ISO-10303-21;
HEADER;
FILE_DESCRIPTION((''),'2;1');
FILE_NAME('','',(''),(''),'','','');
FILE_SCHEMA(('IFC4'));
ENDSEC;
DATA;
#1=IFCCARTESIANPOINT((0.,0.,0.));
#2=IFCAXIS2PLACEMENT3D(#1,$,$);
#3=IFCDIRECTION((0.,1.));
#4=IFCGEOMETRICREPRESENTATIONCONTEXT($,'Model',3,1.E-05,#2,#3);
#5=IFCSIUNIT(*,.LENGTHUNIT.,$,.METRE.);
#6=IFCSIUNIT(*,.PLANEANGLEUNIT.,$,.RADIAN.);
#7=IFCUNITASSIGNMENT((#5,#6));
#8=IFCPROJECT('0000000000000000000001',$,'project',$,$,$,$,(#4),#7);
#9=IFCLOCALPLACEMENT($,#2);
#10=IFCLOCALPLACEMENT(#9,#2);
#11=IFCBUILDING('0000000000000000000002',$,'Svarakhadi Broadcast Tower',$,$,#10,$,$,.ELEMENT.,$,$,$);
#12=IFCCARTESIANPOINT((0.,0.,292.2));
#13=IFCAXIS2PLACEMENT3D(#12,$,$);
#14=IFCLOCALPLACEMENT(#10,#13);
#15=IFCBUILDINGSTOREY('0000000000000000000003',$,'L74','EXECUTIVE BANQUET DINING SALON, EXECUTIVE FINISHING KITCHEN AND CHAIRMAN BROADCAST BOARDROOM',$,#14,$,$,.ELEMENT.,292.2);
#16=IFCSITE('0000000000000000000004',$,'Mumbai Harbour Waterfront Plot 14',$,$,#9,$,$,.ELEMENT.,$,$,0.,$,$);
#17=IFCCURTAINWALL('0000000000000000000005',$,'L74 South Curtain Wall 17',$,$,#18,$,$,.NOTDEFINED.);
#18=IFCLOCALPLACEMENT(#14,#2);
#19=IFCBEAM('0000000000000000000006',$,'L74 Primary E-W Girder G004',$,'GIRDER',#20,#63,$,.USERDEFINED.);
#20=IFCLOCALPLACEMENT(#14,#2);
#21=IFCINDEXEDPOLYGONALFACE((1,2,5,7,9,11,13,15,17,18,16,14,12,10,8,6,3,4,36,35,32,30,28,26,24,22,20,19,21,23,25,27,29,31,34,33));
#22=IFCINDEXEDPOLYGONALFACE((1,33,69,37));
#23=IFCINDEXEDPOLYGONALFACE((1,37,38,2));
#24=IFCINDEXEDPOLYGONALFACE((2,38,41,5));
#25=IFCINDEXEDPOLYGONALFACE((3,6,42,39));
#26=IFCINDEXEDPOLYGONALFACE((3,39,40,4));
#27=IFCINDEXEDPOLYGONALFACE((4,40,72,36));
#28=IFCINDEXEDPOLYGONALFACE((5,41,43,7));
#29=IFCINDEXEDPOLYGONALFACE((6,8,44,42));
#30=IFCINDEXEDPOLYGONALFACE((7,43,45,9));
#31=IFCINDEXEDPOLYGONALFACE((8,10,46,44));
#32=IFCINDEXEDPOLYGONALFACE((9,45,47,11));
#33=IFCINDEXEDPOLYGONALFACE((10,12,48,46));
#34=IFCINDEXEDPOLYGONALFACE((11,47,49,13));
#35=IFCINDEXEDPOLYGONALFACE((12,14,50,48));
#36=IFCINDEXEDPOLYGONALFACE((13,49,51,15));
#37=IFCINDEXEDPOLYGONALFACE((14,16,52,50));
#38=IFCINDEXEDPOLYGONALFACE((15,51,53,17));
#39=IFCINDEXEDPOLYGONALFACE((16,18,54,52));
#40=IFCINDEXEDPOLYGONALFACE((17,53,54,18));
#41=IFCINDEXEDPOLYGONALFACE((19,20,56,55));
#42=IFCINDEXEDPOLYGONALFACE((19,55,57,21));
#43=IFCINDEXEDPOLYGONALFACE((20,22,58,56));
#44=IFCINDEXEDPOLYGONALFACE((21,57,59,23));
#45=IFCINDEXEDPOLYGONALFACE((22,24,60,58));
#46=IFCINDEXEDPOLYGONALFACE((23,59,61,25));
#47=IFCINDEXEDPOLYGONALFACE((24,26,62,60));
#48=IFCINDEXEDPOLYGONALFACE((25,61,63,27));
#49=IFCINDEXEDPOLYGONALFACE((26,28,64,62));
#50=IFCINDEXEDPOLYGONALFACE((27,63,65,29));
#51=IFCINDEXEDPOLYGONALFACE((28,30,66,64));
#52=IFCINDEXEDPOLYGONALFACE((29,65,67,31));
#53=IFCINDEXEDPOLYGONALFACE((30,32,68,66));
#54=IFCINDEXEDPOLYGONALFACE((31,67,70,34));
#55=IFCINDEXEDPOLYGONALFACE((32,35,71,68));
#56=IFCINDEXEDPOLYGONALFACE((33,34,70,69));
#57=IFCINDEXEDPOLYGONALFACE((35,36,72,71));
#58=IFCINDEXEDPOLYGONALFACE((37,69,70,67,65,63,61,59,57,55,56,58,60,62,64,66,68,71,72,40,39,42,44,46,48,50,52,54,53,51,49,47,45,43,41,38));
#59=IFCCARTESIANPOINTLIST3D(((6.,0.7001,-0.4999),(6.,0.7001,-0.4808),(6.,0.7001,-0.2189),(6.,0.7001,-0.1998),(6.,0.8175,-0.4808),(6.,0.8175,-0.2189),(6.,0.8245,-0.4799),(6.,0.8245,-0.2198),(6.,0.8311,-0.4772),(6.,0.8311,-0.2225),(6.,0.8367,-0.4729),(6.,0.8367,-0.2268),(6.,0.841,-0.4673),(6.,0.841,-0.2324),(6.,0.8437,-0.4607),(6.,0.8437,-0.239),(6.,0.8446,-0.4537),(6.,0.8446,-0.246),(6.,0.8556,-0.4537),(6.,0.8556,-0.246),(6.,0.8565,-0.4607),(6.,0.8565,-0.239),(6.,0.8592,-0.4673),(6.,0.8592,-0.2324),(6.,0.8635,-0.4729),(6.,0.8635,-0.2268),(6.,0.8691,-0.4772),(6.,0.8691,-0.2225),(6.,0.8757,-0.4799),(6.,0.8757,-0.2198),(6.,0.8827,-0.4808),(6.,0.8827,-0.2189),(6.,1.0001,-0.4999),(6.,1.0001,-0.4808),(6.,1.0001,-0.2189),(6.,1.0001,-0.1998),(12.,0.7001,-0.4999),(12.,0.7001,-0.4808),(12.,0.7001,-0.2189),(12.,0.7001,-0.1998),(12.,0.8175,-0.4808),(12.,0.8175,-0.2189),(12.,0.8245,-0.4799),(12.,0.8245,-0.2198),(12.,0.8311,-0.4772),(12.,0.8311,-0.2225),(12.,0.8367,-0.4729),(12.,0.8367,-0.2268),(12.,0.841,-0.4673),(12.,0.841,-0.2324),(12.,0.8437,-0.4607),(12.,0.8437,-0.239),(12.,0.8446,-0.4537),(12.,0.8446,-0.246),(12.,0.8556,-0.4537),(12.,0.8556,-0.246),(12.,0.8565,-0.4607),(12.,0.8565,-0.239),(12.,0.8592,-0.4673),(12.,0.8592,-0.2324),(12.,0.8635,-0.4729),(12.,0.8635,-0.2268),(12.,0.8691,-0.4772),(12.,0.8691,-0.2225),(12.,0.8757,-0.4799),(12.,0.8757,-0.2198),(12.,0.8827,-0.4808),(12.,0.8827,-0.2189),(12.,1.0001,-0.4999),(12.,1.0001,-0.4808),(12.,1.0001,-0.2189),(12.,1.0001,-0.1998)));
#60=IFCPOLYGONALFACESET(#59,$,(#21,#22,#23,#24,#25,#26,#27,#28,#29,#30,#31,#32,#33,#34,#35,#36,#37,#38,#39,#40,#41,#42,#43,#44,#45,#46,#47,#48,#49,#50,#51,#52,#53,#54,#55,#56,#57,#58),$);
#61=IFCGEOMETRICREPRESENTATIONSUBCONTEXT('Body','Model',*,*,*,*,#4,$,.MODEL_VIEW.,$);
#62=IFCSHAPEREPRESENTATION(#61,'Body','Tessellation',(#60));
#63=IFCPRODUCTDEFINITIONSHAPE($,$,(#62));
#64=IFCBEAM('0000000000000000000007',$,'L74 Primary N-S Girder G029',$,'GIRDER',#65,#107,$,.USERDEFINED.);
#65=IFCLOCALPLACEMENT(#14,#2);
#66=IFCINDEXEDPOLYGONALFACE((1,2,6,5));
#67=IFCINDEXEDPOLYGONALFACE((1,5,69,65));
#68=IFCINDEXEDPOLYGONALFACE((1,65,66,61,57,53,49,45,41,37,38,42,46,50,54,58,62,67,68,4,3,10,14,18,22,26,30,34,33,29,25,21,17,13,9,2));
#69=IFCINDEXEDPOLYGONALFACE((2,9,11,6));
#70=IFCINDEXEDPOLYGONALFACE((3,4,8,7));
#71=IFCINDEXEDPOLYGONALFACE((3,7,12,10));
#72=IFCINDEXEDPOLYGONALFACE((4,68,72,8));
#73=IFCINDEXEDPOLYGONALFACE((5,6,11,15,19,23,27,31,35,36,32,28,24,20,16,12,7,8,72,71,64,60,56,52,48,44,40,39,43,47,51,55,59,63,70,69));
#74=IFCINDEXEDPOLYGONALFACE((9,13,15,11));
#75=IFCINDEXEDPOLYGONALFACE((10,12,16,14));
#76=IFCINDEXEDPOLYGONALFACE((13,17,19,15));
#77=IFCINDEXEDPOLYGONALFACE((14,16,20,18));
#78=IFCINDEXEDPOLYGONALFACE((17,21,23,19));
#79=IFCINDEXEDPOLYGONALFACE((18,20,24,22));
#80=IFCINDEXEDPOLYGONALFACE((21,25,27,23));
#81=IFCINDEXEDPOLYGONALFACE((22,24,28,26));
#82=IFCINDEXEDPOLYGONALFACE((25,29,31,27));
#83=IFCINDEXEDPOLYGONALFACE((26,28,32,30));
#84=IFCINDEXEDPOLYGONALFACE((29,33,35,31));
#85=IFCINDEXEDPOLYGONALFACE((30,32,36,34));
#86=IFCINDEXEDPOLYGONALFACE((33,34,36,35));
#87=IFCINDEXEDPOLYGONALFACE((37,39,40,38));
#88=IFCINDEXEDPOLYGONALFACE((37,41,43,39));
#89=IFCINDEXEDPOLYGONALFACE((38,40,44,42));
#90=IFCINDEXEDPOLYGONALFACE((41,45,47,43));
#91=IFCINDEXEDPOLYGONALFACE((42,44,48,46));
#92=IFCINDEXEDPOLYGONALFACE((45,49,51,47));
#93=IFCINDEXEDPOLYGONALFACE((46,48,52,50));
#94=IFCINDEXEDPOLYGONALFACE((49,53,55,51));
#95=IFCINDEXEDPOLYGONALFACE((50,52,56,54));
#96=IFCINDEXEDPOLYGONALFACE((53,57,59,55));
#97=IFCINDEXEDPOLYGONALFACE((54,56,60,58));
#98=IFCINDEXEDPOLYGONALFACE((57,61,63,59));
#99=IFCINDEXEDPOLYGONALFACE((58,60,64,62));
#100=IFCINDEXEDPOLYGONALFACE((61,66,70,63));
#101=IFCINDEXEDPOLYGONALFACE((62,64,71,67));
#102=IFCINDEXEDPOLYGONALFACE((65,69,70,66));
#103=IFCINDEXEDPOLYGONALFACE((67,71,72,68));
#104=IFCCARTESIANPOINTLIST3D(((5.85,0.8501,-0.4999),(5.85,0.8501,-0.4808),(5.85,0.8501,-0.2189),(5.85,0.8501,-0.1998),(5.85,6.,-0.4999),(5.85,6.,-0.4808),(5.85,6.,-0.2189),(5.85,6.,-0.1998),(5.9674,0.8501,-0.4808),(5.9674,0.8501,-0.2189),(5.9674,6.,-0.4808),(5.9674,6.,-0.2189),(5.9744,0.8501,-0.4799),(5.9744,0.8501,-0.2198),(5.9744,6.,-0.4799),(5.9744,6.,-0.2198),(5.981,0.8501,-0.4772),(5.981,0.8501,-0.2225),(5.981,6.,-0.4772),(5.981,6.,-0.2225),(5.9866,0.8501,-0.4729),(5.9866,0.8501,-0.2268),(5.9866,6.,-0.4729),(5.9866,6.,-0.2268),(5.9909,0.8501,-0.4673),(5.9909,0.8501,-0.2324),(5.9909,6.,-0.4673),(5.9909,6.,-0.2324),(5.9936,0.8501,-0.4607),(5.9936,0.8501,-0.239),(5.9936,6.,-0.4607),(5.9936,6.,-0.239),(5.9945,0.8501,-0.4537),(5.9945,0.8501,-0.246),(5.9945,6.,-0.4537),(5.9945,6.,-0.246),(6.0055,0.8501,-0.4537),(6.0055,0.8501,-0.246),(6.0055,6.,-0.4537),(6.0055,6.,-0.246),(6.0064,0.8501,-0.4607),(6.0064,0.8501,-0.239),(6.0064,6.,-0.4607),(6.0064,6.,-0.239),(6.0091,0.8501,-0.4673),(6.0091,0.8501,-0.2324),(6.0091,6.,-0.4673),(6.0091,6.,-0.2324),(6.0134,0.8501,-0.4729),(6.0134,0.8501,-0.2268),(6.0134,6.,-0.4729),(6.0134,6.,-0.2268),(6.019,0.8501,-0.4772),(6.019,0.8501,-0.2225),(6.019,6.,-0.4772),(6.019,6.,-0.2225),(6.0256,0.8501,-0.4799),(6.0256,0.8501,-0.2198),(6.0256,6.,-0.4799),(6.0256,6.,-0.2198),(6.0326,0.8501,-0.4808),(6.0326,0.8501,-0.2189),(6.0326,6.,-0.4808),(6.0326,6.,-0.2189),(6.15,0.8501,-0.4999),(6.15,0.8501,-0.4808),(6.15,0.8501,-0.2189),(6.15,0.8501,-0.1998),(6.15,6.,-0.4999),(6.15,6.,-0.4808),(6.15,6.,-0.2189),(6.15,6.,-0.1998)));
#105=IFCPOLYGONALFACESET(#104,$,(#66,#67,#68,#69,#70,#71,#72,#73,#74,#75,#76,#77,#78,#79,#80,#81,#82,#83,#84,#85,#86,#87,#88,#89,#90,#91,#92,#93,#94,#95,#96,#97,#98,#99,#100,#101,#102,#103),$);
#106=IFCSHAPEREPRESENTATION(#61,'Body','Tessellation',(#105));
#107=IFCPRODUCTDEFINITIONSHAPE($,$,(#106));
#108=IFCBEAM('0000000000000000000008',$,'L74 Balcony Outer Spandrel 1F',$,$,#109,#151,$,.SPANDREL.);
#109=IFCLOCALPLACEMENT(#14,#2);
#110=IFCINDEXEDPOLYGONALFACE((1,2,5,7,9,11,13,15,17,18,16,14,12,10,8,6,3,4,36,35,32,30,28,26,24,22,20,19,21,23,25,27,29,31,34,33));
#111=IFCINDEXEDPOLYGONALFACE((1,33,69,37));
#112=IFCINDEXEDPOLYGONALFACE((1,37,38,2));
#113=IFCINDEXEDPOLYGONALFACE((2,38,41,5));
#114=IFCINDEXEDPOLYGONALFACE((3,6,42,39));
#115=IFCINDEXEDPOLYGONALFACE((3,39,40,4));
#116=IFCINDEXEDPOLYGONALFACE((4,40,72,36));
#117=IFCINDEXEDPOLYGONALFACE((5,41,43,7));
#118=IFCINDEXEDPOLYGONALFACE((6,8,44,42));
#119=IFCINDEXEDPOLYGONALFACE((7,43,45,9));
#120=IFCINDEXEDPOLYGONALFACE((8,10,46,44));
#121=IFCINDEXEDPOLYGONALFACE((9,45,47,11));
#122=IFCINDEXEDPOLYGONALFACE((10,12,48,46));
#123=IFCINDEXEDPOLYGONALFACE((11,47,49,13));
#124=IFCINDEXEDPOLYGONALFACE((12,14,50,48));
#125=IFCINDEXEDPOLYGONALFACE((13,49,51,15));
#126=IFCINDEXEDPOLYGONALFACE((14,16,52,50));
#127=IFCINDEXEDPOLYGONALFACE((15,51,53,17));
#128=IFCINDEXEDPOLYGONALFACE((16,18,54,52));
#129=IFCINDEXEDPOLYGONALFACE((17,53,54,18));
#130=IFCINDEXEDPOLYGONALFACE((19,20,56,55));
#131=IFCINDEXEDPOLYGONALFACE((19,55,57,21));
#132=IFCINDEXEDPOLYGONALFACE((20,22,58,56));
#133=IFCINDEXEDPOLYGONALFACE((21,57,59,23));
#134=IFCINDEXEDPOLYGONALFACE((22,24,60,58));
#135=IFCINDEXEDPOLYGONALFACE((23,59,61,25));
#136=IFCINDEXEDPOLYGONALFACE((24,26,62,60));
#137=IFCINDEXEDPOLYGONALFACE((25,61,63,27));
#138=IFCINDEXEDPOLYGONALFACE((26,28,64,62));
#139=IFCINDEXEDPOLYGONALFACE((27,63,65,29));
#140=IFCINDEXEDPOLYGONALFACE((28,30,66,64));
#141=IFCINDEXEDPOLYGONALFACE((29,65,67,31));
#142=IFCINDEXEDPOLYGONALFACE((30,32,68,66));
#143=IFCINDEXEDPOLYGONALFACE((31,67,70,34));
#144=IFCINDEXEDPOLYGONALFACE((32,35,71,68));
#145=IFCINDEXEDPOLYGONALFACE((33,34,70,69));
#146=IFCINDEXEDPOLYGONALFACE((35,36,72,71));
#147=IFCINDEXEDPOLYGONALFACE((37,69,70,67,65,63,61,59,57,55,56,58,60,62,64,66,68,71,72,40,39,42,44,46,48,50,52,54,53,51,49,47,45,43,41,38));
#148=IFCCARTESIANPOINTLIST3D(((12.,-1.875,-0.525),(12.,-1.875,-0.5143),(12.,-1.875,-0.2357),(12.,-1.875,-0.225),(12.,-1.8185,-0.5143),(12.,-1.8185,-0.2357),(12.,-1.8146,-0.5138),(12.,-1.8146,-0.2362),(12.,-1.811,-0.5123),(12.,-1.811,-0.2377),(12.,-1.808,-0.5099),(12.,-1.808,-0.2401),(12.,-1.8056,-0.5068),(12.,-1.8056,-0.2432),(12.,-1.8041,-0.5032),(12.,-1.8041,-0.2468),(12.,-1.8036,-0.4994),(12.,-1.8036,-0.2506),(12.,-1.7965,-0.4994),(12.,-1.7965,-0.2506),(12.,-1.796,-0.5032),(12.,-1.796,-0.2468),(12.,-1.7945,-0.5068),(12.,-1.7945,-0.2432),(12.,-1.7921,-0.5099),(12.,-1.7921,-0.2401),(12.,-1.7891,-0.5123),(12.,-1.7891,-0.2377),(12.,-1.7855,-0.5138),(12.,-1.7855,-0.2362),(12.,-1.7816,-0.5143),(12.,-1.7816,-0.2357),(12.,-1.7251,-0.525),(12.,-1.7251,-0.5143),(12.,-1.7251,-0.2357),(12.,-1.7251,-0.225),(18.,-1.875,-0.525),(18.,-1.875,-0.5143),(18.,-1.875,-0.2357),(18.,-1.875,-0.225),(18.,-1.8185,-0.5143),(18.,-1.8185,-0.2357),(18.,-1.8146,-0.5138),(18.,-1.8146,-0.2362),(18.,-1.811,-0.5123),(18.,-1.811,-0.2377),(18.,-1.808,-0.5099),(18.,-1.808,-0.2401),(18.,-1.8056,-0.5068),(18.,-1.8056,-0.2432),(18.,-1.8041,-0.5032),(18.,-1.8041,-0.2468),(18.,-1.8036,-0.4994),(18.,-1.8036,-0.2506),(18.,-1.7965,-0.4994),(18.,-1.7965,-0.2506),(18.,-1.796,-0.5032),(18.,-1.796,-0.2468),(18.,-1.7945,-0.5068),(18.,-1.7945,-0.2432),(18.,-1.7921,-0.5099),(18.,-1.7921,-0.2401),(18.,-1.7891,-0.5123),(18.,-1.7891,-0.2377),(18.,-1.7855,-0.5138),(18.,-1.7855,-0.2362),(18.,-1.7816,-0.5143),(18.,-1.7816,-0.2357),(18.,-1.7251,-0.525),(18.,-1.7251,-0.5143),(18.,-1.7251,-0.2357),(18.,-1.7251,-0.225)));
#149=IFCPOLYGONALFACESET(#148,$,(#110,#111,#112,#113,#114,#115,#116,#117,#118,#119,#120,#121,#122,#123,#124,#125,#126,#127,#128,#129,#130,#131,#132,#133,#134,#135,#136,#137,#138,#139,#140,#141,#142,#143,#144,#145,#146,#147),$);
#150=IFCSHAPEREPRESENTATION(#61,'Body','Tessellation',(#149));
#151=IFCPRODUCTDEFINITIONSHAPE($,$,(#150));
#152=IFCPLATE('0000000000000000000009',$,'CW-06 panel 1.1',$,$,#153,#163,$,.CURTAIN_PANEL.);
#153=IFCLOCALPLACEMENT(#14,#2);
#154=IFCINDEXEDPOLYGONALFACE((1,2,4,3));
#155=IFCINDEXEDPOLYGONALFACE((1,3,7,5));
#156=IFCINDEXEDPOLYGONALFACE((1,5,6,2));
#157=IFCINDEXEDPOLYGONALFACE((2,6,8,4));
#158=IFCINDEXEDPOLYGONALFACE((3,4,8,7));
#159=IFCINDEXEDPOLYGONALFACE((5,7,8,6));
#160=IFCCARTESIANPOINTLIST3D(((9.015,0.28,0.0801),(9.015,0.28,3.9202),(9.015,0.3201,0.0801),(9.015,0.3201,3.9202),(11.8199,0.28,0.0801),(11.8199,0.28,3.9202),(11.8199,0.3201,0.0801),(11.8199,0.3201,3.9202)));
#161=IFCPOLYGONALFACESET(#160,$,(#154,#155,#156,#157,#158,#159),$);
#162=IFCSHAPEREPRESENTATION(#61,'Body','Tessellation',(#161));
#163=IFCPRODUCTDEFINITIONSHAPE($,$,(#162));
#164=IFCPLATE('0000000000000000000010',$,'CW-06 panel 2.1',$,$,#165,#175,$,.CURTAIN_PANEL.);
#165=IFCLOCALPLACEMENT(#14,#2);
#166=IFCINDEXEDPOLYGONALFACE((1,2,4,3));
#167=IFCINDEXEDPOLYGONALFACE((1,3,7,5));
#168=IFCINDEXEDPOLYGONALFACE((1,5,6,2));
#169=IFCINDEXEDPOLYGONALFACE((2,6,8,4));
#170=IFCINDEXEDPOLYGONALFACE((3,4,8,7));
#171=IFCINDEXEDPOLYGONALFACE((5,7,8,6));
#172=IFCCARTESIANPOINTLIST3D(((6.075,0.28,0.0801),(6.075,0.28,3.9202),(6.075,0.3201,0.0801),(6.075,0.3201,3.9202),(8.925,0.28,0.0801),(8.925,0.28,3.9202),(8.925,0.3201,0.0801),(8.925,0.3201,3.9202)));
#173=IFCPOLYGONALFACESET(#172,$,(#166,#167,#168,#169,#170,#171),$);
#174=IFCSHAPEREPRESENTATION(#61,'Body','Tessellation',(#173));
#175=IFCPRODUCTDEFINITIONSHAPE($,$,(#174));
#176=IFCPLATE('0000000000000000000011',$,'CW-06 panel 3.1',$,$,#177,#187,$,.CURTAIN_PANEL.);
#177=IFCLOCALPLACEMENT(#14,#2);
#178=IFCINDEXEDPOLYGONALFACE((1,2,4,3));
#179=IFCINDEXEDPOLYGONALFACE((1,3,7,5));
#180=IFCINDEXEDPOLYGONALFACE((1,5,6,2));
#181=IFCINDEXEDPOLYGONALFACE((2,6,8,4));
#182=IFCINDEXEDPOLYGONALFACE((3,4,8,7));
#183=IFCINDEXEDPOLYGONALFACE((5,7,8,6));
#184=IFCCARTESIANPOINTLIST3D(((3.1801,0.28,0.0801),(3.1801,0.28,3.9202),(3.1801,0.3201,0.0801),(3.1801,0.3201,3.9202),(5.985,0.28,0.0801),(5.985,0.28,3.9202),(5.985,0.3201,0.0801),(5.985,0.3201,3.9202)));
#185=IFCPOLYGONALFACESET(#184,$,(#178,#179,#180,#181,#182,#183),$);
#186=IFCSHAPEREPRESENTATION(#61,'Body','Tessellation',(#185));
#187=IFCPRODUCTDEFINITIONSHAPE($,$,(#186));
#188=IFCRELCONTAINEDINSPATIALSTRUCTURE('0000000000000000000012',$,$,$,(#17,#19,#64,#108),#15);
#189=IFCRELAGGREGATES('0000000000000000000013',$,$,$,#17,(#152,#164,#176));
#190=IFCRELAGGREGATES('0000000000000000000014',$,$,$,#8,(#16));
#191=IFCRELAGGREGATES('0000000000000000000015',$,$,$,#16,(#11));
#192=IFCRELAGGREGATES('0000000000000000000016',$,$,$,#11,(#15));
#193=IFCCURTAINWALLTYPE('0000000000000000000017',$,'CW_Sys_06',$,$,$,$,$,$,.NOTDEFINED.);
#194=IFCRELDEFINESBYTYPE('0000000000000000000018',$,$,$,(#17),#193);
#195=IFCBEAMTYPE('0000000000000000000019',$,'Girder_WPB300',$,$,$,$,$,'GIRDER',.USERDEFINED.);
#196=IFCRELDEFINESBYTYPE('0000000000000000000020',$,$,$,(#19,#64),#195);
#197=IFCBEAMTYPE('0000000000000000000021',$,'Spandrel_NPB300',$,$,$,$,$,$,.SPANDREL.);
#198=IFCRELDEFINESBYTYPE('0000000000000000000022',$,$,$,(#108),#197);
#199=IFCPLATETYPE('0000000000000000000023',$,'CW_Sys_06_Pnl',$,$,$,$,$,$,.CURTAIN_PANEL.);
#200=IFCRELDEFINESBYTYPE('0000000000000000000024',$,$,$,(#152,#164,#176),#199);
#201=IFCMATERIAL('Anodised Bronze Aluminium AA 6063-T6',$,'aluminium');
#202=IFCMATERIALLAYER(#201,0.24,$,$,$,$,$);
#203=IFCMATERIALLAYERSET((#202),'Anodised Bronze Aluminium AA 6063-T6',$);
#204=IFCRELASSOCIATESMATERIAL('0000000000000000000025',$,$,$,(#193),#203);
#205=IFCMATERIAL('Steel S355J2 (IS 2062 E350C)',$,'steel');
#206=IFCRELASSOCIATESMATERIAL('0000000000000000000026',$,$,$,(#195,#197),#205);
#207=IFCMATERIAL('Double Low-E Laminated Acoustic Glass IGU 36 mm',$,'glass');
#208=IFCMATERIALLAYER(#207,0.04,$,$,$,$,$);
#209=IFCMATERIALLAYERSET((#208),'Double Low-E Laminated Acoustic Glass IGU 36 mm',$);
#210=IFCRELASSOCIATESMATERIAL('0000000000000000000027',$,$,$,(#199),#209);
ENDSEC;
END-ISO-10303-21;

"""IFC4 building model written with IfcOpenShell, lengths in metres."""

from ifc_helpers import new_model, si_unit, direction, frame, origin, origin_2d, place, context, subcontext, project, spatial, rectangle, i_section, extrude, material, layer, layer_set, material_profile, profile_set, type_object, element, aggregate, save


model = new_model("IFC4")

# Units and contexts
model_context = context("Model", 3, precision=1e-05, world=origin(), true_north=direction((0.0, 1.0)))
body_context = subcontext(model_context, "Body", "Model", "MODEL_VIEW")
ifc_project = project(units=[si_unit("LENGTHUNIT", "METRE"), si_unit("PLANEANGLEUNIT", "RADIAN")], contexts=[model_context])

# Site, building, storey
site_placement = place(None, origin())
site = spatial("IfcSite", under=ifc_project, at=site_placement, Name="Mumbai Harbour Waterfront Plot 14", CompositionType="ELEMENT", RefElevation=0.0)
building_placement = place(site_placement, origin())
building = spatial("IfcBuilding", under=site, at=building_placement, Name="Svarakhadi Broadcast Tower", CompositionType="ELEMENT")
storey_placement = place(building_placement, frame((0.0, 0.0, 292.2)))
storey = spatial("IfcBuildingStorey", under=building, at=storey_placement, Name="L74", Description="EXECUTIVE BANQUET DINING SALON, EXECUTIVE FINISHING KITCHEN AND CHAIRMAN BROADCAST BOARDROOM", CompositionType="ELEMENT", Elevation=292.2)

# Curtain wall
ifc_material_1 = material(Name="Anodised Bronze Aluminium AA 6063-T6", Category="aluminium")
ifc_layer_1 = layer(ifc_material_1, 0.24)
ifc_layer_set_1 = layer_set([ifc_layer_1], Name="Anodised Bronze Aluminium AA 6063-T6")
curtain_wall_type = type_object("IfcCurtainWallType", Name="CW_Sys_06", PredefinedType="NOTDEFINED", material=ifc_layer_set_1)
curtain_wall_1_placement = place(storey_placement, origin())
curtain_wall_1 = element("IfcCurtainWall", 1, at=curtain_wall_1_placement, inside=storey, type_object=curtain_wall_type, Name="L74 South Curtain Wall 17", PredefinedType="NOTDEFINED")

# Beams
ifc_material_2 = material(Name="Steel S355J2 (IS 2062 E350C)", Category="steel")
ifc_material_profile_1 = material_profile(ifc_material_2, i_section(OverallWidth=0.3, OverallDepth=0.3, WebThickness=0.011, FlangeThickness=0.019, FilletRadius=0.0271, at=origin_2d()), Name="WPB 300x300x117")
ifc_profile_set_1 = profile_set([ifc_material_profile_1], Name="Steel S355J2 (IS 2062 E350C)")
beam_type_1 = type_object("IfcBeamType", Name="Girder_WPB300", ElementType="GIRDER", PredefinedType="USERDEFINED", material=ifc_profile_set_1)
beam_1_placement = place(storey_placement, frame((6.0, 0.8501, -0.3499), z_axis=(1.0, 0.0, 0.0), x_axis=(0.0, 1.0, 0.0)))
element("IfcBeam", 2, at=beam_1_placement, inside=storey, type_object=beam_type_1, Name="L74 Primary E-W Girder G004", ObjectType="GIRDER", PredefinedType="USERDEFINED", context=body_context, shape_type="SweptSolid", body=[
    extrude(i_section(OverallWidth=0.3, OverallDepth=0.3, WebThickness=0.011, FlangeThickness=0.019, FilletRadius=0.0271, at=origin_2d()), origin(), (0.0, 0.0, 1.0), 6.0),
])
beam_2_placement = place(storey_placement, frame((6.0, 0.8501, -0.3499), z_axis=(0.0, 1.0, 0.0), x_axis=(-1.0, 0.0, 0.0)))
element("IfcBeam", 3, at=beam_2_placement, inside=storey, type_object=beam_type_1, Name="L74 Primary N-S Girder G029", ObjectType="GIRDER", PredefinedType="USERDEFINED", context=body_context, shape_type="SweptSolid", body=[
    extrude(i_section(OverallWidth=0.3, OverallDepth=0.3, WebThickness=0.011, FlangeThickness=0.019, FilletRadius=0.0271, at=origin_2d()), origin(), (0.0, 0.0, 1.0), 5.1499),
])
ifc_material_profile_2 = material_profile(ifc_material_2, i_section(OverallWidth=0.1499, OverallDepth=0.3, WebThickness=0.0071, FlangeThickness=0.0107, FilletRadius=0.0149, at=origin_2d()), Name="NPB 300x150x37")
ifc_profile_set_2 = profile_set([ifc_material_profile_2], Name="Steel S355J2 (IS 2062 E350C)")
beam_type_2 = type_object("IfcBeamType", Name="Spandrel_NPB300", PredefinedType="SPANDREL", material=ifc_profile_set_2)
beam_3_placement = place(storey_placement, frame((12.0, -1.8, -0.375), z_axis=(1.0, 0.0, 0.0), x_axis=(0.0, 1.0, 0.0)))
element("IfcBeam", 4, at=beam_3_placement, inside=storey, type_object=beam_type_2, Name="L74 Balcony Outer Spandrel 1F", PredefinedType="SPANDREL", context=body_context, shape_type="SweptSolid", body=[
    extrude(i_section(OverallWidth=0.1499, OverallDepth=0.3, WebThickness=0.0071, FlangeThickness=0.0107, FilletRadius=0.0149, at=origin_2d()), origin(), (0.0, 0.0, 1.0), 6.0),
])

# Plates
ifc_material_3 = material(Name="Double Low-E Laminated Acoustic Glass IGU 36 mm", Category="glass")
ifc_layer_2 = layer(ifc_material_3, 0.04)
ifc_layer_set_2 = layer_set([ifc_layer_2], Name="Double Low-E Laminated Acoustic Glass IGU 36 mm")
plate_type_1 = type_object("IfcPlateType", Name="CW_Sys_06_Pnl", PredefinedType="CURTAIN_PANEL", material=ifc_layer_set_2)
plate_1_placement = place(storey_placement, frame((10.4175, 0.3, 0.0801), z_axis=(0.0, 0.0, 1.0), x_axis=(-1.0, 0.0, 0.0)))
plate_1 = element("IfcPlate", 5, at=plate_1_placement, type_object=plate_type_1, Name="CW-06 panel 1.1", PredefinedType="CURTAIN_PANEL", context=body_context, shape_type="SweptSolid", body=[
    extrude(rectangle(XDim=2.8049, YDim=0.04, at=origin_2d()), origin(), (0.0, 0.0, 1.0), 3.8401),
])
plate_2_placement = place(storey_placement, frame((7.5, 0.3, 0.0801), z_axis=(0.0, 0.0, 1.0), x_axis=(-1.0, 0.0, 0.0)))
plate_2 = element("IfcPlate", 6, at=plate_2_placement, type_object=plate_type_1, Name="CW-06 panel 2.1", PredefinedType="CURTAIN_PANEL", context=body_context, shape_type="SweptSolid", body=[
    extrude(rectangle(XDim=2.8501, YDim=0.04, at=origin_2d()), origin(), (0.0, 0.0, 1.0), 3.8401),
])
plate_3_placement = place(storey_placement, frame((4.5825, 0.3, 0.0801), z_axis=(0.0, 0.0, 1.0), x_axis=(-1.0, 0.0, 0.0)))
plate_3 = element("IfcPlate", 7, at=plate_3_placement, type_object=plate_type_1, Name="CW-06 panel 3.1", PredefinedType="CURTAIN_PANEL", context=body_context, shape_type="SweptSolid", body=[
    extrude(rectangle(XDim=2.8049, YDim=0.04, at=origin_2d()), origin(), (0.0, 0.0, 1.0), 3.8401),
])
aggregate(curtain_wall_1, [plate_1, plate_2, plate_3])

save(model, "model.ifc")
